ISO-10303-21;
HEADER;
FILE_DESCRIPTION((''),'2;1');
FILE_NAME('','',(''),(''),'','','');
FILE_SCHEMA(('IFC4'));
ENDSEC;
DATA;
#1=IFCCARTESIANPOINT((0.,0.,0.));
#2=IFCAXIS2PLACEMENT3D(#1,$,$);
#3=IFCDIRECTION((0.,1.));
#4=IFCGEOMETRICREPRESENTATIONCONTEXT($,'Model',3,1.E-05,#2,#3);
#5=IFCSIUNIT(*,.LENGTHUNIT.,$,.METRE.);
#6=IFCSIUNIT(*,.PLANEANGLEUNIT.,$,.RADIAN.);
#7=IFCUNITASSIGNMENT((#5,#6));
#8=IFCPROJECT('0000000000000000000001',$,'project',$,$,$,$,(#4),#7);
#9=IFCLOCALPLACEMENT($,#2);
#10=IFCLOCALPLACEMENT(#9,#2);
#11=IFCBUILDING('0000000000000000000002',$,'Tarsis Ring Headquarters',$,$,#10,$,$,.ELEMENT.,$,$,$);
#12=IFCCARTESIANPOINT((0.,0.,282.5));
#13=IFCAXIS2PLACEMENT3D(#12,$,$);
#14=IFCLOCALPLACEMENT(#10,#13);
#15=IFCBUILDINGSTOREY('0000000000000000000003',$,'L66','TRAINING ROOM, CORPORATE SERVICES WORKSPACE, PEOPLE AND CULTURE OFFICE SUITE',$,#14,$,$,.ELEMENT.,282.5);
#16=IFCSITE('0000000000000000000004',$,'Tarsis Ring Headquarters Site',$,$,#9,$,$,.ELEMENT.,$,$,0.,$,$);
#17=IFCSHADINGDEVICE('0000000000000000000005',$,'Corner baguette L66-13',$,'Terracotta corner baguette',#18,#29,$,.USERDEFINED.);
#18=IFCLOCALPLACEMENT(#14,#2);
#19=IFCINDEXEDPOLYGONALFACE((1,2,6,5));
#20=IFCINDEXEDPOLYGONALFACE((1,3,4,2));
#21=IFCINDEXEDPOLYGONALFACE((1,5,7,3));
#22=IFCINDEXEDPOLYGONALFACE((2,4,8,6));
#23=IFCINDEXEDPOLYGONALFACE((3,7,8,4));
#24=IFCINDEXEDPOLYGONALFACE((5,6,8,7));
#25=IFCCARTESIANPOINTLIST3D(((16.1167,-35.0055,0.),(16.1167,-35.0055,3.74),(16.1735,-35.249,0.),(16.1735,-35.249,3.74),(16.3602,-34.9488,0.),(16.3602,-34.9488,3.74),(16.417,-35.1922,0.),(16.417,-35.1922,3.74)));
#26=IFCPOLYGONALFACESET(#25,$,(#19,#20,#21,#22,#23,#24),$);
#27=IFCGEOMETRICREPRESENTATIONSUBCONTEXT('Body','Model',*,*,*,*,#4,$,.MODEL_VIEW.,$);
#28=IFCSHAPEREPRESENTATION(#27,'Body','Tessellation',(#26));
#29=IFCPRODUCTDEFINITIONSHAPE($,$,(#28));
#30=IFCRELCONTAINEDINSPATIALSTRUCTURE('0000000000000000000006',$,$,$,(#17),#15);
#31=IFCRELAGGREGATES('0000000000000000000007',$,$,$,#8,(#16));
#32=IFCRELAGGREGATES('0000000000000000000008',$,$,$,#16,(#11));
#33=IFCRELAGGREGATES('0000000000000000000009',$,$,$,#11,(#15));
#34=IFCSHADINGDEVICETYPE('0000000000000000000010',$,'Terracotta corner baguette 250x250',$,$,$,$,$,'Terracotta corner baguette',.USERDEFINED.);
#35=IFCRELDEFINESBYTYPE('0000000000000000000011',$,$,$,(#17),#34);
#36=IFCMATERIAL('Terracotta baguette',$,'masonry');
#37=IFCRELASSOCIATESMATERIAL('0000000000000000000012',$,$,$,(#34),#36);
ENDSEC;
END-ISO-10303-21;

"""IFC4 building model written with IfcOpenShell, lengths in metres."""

from ifc_helpers import new_model, si_unit, direction, frame, origin, origin_2d, place, context, subcontext, project, spatial, rectangle, extrude, material, type_object, element, save


model = new_model("IFC4")

# Units and contexts
model_context = context("Model", 3, precision=1e-05, world=origin(), true_north=direction((0.0, 1.0)))
body_context = subcontext(model_context, "Body", "Model", "MODEL_VIEW")
ifc_project = project(units=[si_unit("LENGTHUNIT", "METRE"), si_unit("PLANEANGLEUNIT", "RADIAN")], contexts=[model_context])

# Site, building, storey
site_placement = place(None, origin())
site = spatial("IfcSite", under=ifc_project, at=site_placement, Name="Tarsis Ring Headquarters Site", CompositionType="ELEMENT", RefElevation=0.0)
building_placement = place(site_placement, origin())
building = spatial("IfcBuilding", under=site, at=building_placement, Name="Tarsis Ring Headquarters", CompositionType="ELEMENT")
storey_placement = place(building_placement, frame((0.0, 0.0, 282.5)))
storey = spatial("IfcBuildingStorey", under=building, at=storey_placement, Name="L66", Description="TRAINING ROOM, CORPORATE SERVICES WORKSPACE, PEOPLE AND CULTURE OFFICE SUITE", CompositionType="ELEMENT", Elevation=282.5)

# Shading device
ifc_material_1 = material(Name="Terracotta baguette", Category="masonry")
shading_device_type_1 = type_object("IfcShadingDeviceType", Name="Terracotta corner baguette 250x250", ElementType="Terracotta corner baguette", PredefinedType="USERDEFINED", material=ifc_material_1)
for number, where, z_axis, x_axis, name in (
    (1, (16.2668, -35.0989, 0.0), (0.0, 0.0, 1.0), (-0.226991, 0.973897, 0.0), "Corner baguette L66-13"),
):
    element("IfcShadingDevice", number, at=place(storey_placement, frame(where, z_axis=z_axis, x_axis=x_axis)), inside=storey, type_object=shading_device_type_1, Name=name, ObjectType="Terracotta corner baguette", PredefinedType="USERDEFINED", context=body_context, shape_type="SweptSolid", body=[
        extrude(rectangle(XDim=0.25, YDim=0.25, at=origin_2d()), origin(), (0.0, 0.0, 1.0), 3.74),
    ])

save(model, "model.ifc")
